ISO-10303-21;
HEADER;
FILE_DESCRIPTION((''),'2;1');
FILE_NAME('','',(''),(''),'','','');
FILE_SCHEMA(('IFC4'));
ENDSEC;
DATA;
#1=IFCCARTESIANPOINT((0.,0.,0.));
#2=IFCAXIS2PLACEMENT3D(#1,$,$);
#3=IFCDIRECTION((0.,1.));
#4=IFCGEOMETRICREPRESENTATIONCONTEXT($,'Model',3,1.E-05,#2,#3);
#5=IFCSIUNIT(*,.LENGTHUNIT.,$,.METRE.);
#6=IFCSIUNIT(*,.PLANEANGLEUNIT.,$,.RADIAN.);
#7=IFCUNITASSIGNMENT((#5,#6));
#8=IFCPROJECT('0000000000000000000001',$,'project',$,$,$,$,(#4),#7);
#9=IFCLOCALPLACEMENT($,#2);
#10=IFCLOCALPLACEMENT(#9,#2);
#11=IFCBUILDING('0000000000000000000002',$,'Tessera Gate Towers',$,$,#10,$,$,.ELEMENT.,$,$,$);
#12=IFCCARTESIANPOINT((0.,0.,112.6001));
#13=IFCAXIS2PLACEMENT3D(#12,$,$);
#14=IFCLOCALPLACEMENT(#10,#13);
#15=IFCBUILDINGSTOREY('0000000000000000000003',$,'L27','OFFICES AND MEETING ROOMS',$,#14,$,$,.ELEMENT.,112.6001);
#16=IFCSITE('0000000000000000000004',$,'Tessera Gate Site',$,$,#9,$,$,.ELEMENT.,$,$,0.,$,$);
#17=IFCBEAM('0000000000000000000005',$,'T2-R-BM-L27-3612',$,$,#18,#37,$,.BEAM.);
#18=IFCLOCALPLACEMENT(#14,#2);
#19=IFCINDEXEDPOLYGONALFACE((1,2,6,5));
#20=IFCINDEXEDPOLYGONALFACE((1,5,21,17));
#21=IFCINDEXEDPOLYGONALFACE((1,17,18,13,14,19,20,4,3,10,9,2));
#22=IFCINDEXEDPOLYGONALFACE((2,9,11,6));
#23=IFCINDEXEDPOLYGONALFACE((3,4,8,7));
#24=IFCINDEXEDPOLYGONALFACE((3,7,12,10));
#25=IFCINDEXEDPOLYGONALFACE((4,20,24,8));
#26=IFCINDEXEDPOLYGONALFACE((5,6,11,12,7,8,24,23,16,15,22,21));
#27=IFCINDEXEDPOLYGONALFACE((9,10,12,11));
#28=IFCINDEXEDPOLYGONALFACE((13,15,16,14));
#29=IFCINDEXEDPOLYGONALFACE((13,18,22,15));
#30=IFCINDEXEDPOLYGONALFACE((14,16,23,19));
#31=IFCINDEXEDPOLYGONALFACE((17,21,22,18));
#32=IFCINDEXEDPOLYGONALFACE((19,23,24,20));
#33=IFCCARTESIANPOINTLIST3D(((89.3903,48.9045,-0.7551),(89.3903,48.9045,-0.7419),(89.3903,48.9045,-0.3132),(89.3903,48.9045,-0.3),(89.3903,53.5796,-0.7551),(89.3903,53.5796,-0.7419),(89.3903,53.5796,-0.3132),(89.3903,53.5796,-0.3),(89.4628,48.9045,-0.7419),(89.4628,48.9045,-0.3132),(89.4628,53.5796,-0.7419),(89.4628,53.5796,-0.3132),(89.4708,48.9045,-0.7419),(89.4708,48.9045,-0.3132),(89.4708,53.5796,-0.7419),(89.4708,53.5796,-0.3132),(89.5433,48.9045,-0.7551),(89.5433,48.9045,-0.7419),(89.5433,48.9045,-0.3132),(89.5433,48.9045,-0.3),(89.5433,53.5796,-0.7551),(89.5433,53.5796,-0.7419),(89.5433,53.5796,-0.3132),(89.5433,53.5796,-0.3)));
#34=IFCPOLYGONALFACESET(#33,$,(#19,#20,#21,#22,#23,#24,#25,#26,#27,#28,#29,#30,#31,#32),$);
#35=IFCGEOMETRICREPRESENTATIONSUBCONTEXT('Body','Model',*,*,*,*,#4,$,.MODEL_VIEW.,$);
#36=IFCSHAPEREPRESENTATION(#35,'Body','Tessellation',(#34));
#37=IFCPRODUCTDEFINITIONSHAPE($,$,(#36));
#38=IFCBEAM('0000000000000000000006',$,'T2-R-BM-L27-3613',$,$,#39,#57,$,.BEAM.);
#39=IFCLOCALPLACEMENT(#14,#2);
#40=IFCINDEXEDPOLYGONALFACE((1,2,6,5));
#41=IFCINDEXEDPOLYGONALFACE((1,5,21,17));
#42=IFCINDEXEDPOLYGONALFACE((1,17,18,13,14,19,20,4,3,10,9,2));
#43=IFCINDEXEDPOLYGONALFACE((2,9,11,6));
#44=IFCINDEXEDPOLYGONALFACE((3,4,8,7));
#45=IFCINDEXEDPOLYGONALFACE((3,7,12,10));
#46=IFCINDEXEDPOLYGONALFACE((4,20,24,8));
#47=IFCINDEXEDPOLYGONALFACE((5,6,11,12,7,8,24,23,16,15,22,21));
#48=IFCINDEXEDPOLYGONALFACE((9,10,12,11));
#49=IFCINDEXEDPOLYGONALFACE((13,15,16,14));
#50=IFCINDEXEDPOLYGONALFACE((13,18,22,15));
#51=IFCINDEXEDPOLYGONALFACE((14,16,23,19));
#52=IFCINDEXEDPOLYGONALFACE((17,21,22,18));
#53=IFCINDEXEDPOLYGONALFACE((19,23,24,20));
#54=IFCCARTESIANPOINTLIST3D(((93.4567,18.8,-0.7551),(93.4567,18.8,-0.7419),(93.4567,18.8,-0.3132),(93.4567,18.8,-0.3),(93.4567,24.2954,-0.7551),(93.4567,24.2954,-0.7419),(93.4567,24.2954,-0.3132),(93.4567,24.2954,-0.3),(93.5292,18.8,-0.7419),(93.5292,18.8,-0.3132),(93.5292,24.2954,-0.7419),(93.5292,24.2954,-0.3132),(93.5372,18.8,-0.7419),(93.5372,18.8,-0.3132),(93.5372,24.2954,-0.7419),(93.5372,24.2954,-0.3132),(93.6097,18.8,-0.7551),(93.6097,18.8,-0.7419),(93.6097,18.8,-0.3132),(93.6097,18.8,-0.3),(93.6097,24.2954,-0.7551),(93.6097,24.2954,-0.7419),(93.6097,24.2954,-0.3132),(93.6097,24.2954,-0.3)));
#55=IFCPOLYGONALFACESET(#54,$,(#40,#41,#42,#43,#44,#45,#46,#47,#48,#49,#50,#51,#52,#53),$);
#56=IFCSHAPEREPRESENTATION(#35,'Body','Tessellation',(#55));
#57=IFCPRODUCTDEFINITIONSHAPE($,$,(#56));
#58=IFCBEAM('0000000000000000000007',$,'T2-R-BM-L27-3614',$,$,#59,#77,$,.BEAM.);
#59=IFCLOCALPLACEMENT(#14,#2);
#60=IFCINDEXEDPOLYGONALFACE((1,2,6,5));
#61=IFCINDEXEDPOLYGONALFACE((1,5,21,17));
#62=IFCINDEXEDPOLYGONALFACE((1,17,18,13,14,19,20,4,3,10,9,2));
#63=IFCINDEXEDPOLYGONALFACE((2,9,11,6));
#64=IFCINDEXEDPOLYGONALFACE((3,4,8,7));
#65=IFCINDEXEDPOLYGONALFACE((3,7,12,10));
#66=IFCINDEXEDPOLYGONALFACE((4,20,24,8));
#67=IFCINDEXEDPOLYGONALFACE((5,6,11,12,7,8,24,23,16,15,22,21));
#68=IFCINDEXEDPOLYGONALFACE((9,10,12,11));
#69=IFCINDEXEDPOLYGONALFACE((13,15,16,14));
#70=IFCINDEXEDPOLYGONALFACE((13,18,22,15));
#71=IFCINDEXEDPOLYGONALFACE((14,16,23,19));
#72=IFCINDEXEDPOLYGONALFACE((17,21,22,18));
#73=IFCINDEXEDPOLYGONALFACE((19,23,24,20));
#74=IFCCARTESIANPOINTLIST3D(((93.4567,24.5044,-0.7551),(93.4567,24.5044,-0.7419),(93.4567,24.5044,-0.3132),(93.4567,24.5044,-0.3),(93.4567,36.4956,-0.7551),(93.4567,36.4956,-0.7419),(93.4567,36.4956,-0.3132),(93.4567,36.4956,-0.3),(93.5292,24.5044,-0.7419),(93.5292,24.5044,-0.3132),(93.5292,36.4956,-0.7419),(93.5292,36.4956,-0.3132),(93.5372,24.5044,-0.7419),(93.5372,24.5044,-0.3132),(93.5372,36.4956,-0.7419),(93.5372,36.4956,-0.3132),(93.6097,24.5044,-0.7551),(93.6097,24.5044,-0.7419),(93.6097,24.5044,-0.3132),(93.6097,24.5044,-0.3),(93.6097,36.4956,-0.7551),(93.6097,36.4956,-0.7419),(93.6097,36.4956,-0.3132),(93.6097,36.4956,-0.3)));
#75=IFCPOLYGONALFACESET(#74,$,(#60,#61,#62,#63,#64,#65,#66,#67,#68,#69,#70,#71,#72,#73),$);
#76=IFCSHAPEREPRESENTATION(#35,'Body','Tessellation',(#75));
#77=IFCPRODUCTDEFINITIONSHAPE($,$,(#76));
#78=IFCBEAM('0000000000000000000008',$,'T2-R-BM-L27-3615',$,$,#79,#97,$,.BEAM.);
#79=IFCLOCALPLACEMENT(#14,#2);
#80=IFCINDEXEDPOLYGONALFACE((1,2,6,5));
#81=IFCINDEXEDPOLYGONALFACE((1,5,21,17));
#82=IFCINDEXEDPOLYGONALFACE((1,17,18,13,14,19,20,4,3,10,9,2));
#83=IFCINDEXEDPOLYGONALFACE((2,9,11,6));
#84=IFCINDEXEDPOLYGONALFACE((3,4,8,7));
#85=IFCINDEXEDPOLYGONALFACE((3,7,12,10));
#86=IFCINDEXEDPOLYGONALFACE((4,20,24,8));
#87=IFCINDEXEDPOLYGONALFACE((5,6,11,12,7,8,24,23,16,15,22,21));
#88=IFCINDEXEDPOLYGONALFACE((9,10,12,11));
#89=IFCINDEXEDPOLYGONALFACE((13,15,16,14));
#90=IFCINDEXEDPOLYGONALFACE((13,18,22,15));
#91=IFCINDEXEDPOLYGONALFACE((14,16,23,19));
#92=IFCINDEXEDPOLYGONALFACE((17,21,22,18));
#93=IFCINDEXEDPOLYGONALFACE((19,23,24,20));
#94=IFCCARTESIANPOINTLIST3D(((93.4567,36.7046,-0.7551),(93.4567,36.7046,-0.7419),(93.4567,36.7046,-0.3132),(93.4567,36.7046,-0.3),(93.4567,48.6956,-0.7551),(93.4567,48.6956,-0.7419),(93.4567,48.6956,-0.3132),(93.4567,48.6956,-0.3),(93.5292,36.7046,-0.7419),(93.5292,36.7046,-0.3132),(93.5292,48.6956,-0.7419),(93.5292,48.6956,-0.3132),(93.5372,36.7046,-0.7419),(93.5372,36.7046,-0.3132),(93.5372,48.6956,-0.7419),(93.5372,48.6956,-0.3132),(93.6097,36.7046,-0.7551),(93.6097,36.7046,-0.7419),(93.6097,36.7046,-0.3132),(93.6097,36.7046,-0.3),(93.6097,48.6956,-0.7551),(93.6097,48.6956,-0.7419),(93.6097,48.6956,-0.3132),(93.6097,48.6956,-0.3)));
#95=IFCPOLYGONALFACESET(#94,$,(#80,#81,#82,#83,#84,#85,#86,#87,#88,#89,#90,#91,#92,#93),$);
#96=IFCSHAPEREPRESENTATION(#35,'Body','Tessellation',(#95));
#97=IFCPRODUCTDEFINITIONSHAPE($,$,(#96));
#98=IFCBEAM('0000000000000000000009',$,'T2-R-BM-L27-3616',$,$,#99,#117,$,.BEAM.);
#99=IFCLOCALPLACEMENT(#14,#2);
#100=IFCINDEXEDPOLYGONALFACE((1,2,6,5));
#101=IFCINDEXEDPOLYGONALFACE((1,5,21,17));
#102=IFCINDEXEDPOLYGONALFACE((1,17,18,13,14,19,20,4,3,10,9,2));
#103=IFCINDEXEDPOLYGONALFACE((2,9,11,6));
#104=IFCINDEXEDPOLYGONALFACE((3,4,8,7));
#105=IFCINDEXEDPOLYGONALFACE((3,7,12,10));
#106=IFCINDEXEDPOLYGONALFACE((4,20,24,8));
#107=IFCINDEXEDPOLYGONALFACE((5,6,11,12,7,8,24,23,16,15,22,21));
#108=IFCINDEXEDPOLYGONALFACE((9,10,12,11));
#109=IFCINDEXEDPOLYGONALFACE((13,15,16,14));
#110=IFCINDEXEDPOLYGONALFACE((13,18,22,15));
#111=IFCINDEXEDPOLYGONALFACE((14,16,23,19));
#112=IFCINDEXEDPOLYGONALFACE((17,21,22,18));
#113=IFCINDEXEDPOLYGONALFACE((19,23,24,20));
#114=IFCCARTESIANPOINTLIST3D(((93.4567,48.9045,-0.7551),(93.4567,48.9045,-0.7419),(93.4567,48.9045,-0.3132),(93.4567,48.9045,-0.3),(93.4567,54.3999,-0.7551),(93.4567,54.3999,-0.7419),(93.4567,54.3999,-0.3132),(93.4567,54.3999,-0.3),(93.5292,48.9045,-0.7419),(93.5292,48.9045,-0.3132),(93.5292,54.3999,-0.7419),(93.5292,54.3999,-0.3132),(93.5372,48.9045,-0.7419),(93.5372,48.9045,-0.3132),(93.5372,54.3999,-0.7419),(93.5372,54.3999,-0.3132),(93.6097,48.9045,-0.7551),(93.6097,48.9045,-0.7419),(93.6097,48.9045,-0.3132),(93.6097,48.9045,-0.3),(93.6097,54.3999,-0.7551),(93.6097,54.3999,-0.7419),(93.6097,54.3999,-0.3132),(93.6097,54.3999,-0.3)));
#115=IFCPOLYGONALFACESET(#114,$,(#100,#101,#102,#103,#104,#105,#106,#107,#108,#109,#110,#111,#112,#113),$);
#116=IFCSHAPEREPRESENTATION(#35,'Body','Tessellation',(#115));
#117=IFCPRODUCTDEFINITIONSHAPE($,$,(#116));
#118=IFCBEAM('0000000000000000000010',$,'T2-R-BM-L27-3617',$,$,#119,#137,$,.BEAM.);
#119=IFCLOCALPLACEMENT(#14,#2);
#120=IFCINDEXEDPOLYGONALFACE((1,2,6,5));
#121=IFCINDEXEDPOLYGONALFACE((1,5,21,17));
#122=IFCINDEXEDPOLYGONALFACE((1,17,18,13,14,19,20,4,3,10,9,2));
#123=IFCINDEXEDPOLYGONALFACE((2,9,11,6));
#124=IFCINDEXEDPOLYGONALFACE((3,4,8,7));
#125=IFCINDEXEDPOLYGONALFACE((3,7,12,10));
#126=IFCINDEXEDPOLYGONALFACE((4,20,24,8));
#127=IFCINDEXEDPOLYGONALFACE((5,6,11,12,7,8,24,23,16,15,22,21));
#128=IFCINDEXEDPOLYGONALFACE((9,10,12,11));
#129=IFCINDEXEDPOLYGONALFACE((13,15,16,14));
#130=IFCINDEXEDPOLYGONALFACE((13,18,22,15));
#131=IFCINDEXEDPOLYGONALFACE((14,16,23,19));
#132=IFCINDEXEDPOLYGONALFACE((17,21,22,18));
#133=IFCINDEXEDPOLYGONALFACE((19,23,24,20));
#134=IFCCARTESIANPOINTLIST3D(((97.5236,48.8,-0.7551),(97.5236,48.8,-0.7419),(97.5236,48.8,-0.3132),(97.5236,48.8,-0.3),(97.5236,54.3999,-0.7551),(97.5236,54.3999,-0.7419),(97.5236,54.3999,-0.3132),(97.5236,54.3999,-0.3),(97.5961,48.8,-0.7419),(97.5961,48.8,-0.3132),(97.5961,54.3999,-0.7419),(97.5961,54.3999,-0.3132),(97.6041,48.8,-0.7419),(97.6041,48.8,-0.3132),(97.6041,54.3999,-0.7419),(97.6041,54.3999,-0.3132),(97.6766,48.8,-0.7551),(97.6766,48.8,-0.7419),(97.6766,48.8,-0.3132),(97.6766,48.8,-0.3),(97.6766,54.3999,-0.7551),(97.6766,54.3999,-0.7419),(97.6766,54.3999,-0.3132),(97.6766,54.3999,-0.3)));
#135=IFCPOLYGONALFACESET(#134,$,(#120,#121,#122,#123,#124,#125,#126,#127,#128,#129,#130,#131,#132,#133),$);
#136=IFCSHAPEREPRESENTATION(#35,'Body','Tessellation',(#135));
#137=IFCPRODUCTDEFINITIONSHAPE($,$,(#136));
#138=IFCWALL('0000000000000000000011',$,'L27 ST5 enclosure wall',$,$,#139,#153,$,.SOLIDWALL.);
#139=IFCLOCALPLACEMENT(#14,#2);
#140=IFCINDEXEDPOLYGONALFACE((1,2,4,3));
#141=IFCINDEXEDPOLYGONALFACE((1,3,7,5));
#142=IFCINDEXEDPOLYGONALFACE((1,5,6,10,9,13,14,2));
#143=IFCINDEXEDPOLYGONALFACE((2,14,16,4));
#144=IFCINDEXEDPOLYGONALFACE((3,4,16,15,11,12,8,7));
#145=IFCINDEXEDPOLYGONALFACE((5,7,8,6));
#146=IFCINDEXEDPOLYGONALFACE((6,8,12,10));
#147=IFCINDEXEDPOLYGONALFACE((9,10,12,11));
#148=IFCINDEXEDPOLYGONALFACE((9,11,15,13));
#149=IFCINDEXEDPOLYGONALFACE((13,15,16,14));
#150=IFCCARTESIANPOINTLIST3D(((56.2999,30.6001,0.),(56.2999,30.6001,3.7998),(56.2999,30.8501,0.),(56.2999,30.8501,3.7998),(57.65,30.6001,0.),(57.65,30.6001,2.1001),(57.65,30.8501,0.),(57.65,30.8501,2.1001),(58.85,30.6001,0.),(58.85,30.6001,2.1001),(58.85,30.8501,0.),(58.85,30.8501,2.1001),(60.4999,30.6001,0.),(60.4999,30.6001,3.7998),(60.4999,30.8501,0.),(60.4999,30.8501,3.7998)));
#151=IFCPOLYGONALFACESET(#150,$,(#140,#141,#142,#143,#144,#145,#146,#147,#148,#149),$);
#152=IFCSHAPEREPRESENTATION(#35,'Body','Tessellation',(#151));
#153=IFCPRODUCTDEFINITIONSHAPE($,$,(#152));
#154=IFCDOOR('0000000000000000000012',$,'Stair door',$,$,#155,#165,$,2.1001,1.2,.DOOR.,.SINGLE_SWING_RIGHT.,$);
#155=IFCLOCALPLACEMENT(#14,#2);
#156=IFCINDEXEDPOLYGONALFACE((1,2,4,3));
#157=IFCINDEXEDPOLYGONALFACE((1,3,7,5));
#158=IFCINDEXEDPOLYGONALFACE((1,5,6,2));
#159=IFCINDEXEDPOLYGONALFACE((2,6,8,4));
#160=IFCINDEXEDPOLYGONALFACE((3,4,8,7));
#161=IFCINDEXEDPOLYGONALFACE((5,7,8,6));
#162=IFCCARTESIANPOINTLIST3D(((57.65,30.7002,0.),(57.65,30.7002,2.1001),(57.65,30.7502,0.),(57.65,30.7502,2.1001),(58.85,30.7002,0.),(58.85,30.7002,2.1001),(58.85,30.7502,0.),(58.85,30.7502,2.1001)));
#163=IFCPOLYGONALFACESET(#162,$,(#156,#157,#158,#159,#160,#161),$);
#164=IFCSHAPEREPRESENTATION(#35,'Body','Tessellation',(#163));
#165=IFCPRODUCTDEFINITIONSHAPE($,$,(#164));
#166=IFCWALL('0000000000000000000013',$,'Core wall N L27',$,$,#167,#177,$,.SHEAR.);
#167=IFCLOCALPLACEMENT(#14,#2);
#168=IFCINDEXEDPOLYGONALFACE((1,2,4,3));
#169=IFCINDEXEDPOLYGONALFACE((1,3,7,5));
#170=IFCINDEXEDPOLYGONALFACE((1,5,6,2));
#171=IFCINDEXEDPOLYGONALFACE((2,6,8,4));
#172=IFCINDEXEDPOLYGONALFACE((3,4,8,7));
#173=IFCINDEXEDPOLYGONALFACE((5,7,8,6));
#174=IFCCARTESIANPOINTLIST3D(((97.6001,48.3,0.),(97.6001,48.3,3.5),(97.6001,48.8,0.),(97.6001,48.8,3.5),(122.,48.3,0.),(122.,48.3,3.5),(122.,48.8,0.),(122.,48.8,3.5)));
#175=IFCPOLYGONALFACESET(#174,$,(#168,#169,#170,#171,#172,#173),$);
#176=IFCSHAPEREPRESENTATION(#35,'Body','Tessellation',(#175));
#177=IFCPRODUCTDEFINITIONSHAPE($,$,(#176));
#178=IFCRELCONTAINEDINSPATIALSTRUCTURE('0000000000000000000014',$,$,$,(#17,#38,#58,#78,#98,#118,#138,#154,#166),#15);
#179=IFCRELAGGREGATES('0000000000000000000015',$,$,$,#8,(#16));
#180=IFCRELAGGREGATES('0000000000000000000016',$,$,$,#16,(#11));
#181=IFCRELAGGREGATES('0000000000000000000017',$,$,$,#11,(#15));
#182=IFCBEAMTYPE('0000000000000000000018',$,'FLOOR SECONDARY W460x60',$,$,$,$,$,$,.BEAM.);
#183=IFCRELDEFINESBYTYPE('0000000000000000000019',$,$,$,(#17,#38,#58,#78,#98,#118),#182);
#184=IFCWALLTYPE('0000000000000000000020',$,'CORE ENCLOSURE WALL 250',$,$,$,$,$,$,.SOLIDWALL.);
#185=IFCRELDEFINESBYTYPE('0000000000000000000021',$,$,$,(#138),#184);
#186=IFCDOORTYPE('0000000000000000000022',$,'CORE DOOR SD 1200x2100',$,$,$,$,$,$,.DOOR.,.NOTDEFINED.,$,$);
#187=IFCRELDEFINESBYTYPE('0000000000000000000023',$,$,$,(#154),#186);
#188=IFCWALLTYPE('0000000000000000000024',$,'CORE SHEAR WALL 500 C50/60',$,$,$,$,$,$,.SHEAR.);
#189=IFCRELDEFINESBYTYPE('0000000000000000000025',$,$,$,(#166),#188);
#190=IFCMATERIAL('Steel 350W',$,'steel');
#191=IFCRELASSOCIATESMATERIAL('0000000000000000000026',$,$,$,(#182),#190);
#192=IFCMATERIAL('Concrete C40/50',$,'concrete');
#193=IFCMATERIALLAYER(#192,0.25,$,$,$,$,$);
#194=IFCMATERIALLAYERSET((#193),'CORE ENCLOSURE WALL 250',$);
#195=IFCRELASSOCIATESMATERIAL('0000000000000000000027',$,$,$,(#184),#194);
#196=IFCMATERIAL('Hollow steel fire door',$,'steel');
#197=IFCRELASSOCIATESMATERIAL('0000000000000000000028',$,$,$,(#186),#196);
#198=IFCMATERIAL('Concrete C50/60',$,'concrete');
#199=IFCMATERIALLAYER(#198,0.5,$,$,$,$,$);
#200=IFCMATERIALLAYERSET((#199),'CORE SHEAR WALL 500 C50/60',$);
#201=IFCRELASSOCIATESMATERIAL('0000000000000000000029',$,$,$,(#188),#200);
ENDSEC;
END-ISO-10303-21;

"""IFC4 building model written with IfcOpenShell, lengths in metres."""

from ifc_helpers import new_model, si_unit, direction, frame, frame_2d, origin, origin_2d, place, context, subcontext, project, spatial, rectangle, i_section, extrude, source, transform, mapped, material, layer, layer_set, material_profile, profile_set, type_object, element, fill, save


model = new_model("IFC4")

# Units and contexts
model_context = context("Model", 3, precision=1e-05, world=origin(), true_north=direction((0.0, 1.0)))
body_context = subcontext(model_context, "Body", "Model", "MODEL_VIEW")
ifc_project = project(units=[si_unit("LENGTHUNIT", "METRE"), si_unit("PLANEANGLEUNIT", "RADIAN")], contexts=[model_context])

# Site, building, storey
site_placement = place(None, origin())
site = spatial("IfcSite", under=ifc_project, at=site_placement, Name="Tessera Gate Site", CompositionType="ELEMENT", RefElevation=0.0)
building_placement = place(site_placement, origin())
building = spatial("IfcBuilding", under=site, at=building_placement, Name="Tessera Gate Towers", CompositionType="ELEMENT")
storey_placement = place(building_placement, frame((0.0, 0.0, 112.6001)))
storey = spatial("IfcBuildingStorey", under=building, at=storey_placement, Name="L27", Description="OFFICES AND MEETING ROOMS", CompositionType="ELEMENT", Elevation=112.6001)

# Beams
ifc_material_1 = material(Name="Steel 350W", Category="steel")
ifc_material_profile_1 = material_profile(ifc_material_1, i_section(OverallWidth=0.1531, OverallDepth=0.4551, WebThickness=0.0081, FlangeThickness=0.0132, at=origin_2d()), Name="W460x60")
ifc_profile_set_1 = profile_set([ifc_material_profile_1], Name="Steel 350W")
beam_type_1 = type_object("IfcBeamType", Name="FLOOR SECONDARY W460x60", PredefinedType="BEAM", material=ifc_profile_set_1)
beam_1_placement = place(storey_placement, frame((89.4668, 48.9045, -0.5276), z_axis=(0.0, 1.0, 0.0), x_axis=(-1.0, 0.0, 0.0)))
element("IfcBeam", 1, at=beam_1_placement, inside=storey, type_object=beam_type_1, Name="T2-R-BM-L27-3612", PredefinedType="BEAM", context=body_context, shape_type="SweptSolid", body=[
    extrude(i_section(OverallWidth=0.1531, OverallDepth=0.4551, WebThickness=0.0081, FlangeThickness=0.0132, at=origin_2d()), origin(), (0.0, 0.0, 1.0), 4.675),
])
beam_2_placement = place(storey_placement, frame((93.5332, 18.8, -0.5276), z_axis=(0.0, 1.0, 0.0), x_axis=(-1.0, 0.0, 0.0)))
element("IfcBeam", 2, at=beam_2_placement, inside=storey, type_object=beam_type_1, Name="T2-R-BM-L27-3613", PredefinedType="BEAM", context=body_context, shape_type="SweptSolid", body=[
    extrude(i_section(OverallWidth=0.1531, OverallDepth=0.4551, WebThickness=0.0081, FlangeThickness=0.0132, at=origin_2d()), origin(), (0.0, 0.0, 1.0), 5.4954),
])
beam_3_placement = place(storey_placement, frame((93.5332, 24.5044, -0.5276), z_axis=(0.0, 1.0, 0.0), x_axis=(-1.0, 0.0, 0.0)))
element("IfcBeam", 3, at=beam_3_placement, inside=storey, type_object=beam_type_1, Name="T2-R-BM-L27-3614", PredefinedType="BEAM", context=body_context, shape_type="SweptSolid", body=[
    extrude(i_section(OverallWidth=0.1531, OverallDepth=0.4551, WebThickness=0.0081, FlangeThickness=0.0132, at=origin_2d()), origin(), (0.0, 0.0, 1.0), 11.9912),
])
beam_4_placement = place(storey_placement, frame((93.5332, 36.7046, -0.5276), z_axis=(0.0, 1.0, 0.0), x_axis=(-1.0, 0.0, 0.0)))
element("IfcBeam", 4, at=beam_4_placement, inside=storey, type_object=beam_type_1, Name="T2-R-BM-L27-3615", PredefinedType="BEAM", context=body_context, shape_type="SweptSolid", body=[
    extrude(i_section(OverallWidth=0.1531, OverallDepth=0.4551, WebThickness=0.0081, FlangeThickness=0.0132, at=origin_2d()), origin(), (0.0, 0.0, 1.0), 11.991),
])
beam_5_placement = place(storey_placement, frame((93.5332, 48.9045, -0.5276), z_axis=(0.0, 1.0, 0.0), x_axis=(-1.0, 0.0, 0.0)))
element("IfcBeam", 5, at=beam_5_placement, inside=storey, type_object=beam_type_1, Name="T2-R-BM-L27-3616", PredefinedType="BEAM", context=body_context, shape_type="SweptSolid", body=[
    extrude(i_section(OverallWidth=0.1531, OverallDepth=0.4551, WebThickness=0.0081, FlangeThickness=0.0132, at=origin_2d()), origin(), (0.0, 0.0, 1.0), 5.4954),
])
beam_6_placement = place(storey_placement, frame((97.6001, 48.8, -0.5276), z_axis=(0.0, 1.0, 0.0), x_axis=(-1.0, 0.0, 0.0)))
element("IfcBeam", 6, at=beam_6_placement, inside=storey, type_object=beam_type_1, Name="T2-R-BM-L27-3617", PredefinedType="BEAM", context=body_context, shape_type="SweptSolid", body=[
    extrude(i_section(OverallWidth=0.1531, OverallDepth=0.4551, WebThickness=0.0081, FlangeThickness=0.0132, at=origin_2d()), origin(), (0.0, 0.0, 1.0), 5.5999),
])

# Wall, opening, door
ifc_material_2 = material(Name="Concrete C40/50", Category="concrete")
ifc_layer_1 = layer(ifc_material_2, 0.25)
ifc_layer_set_1 = layer_set([ifc_layer_1], Name="CORE ENCLOSURE WALL 250")
wall_type_1 = type_object("IfcWallType", Name="CORE ENCLOSURE WALL 250", PredefinedType="SOLIDWALL", material=ifc_layer_set_1)
wall_1_placement = place(storey_placement, frame((60.5, 30.7251, 0.0), z_axis=(0.0, 0.0, 1.0), x_axis=(-1.0, 0.0, 0.0)))
wall_1 = element("IfcWall", 7, at=wall_1_placement, inside=storey, type_object=wall_type_1, Name="L27 ST5 enclosure wall", PredefinedType="SOLIDWALL", context=body_context, shape_type="SweptSolid", body=[
    extrude(rectangle(XDim=4.2, YDim=0.25, at=frame_2d((2.1001, 0.0))), origin(), (0.0, 0.0, 1.0), 3.7998),
])
shared_shape_1 = source(origin(), body_context, "Body", "SweptSolid", [
    extrude(rectangle(XDim=1.2, YDim=2.1001, at=frame_2d((0.6001, 1.05))), frame((0.0, 0.135, 0.0), z_axis=(0.0, -1.0, 0.0), x_axis=(1.0, 0.0, 0.0)), (0.0, 0.0, 1.0), 0.27),
])
opening_1_placement = place(wall_1_placement, frame((1.6499, 0.0, 0.0)))
opening_1 = element("IfcOpeningElement", 8, at=opening_1_placement, cuts=wall_1, PredefinedType="OPENING", context=body_context, shape_type="MappedRepresentation", body=[
    mapped(shared_shape_1, transform((0.0, 0.0, 0.0), scale=1.0)),
])
ifc_material_3 = material(Name="Hollow steel fire door", Category="steel")
door_type = type_object("IfcDoorType", Name="CORE DOOR SD 1200x2100", OperationType="NOTDEFINED", PredefinedType="DOOR", material=ifc_material_3)
shared_shape_2 = source(origin(), body_context, "Body", "SweptSolid", [
    extrude(rectangle(XDim=1.2, YDim=2.1001, at=frame_2d((0.6001, 1.05))), frame((0.0, 0.0249, 0.0), z_axis=(0.0, -1.0, 0.0), x_axis=(1.0, 0.0, 0.0)), (0.0, 0.0, 1.0), 0.05),
])
door_placement = place(opening_1_placement, origin())
door = element("IfcDoor", 9, at=door_placement, inside=storey, type_object=door_type, Name="Stair door", OperationType="SINGLE_SWING_RIGHT", OverallHeight=2.1001, OverallWidth=1.2, PredefinedType="DOOR", context=body_context, shape_type="MappedRepresentation", body=[
    mapped(shared_shape_2, transform((0.0, 0.0, 0.0), scale=1.0)),
])
fill(opening_1, door)

# Wall
ifc_material_4 = material(Name="Concrete C50/60", Category="concrete")
ifc_layer_2 = layer(ifc_material_4, 0.5)
ifc_layer_set_2 = layer_set([ifc_layer_2], Name="CORE SHEAR WALL 500 C50/60")
wall_type_2 = type_object("IfcWallType", Name="CORE SHEAR WALL 500 C50/60", PredefinedType="SHEAR", material=ifc_layer_set_2)
wall_2_placement = place(storey_placement, frame((97.6001, 48.55, 0.0), z_axis=(0.0, 0.0, 1.0), x_axis=(1.0, 0.0, 0.0)))
element("IfcWall", 10, at=wall_2_placement, inside=storey, type_object=wall_type_2, Name="Core wall N L27", PredefinedType="SHEAR", context=body_context, shape_type="SweptSolid", body=[
    extrude(rectangle(XDim=24.3999, YDim=0.5, at=frame_2d((12.2, 0.0))), origin(), (0.0, 0.0, 1.0), 3.5),
])

save(model, "model.ifc")
